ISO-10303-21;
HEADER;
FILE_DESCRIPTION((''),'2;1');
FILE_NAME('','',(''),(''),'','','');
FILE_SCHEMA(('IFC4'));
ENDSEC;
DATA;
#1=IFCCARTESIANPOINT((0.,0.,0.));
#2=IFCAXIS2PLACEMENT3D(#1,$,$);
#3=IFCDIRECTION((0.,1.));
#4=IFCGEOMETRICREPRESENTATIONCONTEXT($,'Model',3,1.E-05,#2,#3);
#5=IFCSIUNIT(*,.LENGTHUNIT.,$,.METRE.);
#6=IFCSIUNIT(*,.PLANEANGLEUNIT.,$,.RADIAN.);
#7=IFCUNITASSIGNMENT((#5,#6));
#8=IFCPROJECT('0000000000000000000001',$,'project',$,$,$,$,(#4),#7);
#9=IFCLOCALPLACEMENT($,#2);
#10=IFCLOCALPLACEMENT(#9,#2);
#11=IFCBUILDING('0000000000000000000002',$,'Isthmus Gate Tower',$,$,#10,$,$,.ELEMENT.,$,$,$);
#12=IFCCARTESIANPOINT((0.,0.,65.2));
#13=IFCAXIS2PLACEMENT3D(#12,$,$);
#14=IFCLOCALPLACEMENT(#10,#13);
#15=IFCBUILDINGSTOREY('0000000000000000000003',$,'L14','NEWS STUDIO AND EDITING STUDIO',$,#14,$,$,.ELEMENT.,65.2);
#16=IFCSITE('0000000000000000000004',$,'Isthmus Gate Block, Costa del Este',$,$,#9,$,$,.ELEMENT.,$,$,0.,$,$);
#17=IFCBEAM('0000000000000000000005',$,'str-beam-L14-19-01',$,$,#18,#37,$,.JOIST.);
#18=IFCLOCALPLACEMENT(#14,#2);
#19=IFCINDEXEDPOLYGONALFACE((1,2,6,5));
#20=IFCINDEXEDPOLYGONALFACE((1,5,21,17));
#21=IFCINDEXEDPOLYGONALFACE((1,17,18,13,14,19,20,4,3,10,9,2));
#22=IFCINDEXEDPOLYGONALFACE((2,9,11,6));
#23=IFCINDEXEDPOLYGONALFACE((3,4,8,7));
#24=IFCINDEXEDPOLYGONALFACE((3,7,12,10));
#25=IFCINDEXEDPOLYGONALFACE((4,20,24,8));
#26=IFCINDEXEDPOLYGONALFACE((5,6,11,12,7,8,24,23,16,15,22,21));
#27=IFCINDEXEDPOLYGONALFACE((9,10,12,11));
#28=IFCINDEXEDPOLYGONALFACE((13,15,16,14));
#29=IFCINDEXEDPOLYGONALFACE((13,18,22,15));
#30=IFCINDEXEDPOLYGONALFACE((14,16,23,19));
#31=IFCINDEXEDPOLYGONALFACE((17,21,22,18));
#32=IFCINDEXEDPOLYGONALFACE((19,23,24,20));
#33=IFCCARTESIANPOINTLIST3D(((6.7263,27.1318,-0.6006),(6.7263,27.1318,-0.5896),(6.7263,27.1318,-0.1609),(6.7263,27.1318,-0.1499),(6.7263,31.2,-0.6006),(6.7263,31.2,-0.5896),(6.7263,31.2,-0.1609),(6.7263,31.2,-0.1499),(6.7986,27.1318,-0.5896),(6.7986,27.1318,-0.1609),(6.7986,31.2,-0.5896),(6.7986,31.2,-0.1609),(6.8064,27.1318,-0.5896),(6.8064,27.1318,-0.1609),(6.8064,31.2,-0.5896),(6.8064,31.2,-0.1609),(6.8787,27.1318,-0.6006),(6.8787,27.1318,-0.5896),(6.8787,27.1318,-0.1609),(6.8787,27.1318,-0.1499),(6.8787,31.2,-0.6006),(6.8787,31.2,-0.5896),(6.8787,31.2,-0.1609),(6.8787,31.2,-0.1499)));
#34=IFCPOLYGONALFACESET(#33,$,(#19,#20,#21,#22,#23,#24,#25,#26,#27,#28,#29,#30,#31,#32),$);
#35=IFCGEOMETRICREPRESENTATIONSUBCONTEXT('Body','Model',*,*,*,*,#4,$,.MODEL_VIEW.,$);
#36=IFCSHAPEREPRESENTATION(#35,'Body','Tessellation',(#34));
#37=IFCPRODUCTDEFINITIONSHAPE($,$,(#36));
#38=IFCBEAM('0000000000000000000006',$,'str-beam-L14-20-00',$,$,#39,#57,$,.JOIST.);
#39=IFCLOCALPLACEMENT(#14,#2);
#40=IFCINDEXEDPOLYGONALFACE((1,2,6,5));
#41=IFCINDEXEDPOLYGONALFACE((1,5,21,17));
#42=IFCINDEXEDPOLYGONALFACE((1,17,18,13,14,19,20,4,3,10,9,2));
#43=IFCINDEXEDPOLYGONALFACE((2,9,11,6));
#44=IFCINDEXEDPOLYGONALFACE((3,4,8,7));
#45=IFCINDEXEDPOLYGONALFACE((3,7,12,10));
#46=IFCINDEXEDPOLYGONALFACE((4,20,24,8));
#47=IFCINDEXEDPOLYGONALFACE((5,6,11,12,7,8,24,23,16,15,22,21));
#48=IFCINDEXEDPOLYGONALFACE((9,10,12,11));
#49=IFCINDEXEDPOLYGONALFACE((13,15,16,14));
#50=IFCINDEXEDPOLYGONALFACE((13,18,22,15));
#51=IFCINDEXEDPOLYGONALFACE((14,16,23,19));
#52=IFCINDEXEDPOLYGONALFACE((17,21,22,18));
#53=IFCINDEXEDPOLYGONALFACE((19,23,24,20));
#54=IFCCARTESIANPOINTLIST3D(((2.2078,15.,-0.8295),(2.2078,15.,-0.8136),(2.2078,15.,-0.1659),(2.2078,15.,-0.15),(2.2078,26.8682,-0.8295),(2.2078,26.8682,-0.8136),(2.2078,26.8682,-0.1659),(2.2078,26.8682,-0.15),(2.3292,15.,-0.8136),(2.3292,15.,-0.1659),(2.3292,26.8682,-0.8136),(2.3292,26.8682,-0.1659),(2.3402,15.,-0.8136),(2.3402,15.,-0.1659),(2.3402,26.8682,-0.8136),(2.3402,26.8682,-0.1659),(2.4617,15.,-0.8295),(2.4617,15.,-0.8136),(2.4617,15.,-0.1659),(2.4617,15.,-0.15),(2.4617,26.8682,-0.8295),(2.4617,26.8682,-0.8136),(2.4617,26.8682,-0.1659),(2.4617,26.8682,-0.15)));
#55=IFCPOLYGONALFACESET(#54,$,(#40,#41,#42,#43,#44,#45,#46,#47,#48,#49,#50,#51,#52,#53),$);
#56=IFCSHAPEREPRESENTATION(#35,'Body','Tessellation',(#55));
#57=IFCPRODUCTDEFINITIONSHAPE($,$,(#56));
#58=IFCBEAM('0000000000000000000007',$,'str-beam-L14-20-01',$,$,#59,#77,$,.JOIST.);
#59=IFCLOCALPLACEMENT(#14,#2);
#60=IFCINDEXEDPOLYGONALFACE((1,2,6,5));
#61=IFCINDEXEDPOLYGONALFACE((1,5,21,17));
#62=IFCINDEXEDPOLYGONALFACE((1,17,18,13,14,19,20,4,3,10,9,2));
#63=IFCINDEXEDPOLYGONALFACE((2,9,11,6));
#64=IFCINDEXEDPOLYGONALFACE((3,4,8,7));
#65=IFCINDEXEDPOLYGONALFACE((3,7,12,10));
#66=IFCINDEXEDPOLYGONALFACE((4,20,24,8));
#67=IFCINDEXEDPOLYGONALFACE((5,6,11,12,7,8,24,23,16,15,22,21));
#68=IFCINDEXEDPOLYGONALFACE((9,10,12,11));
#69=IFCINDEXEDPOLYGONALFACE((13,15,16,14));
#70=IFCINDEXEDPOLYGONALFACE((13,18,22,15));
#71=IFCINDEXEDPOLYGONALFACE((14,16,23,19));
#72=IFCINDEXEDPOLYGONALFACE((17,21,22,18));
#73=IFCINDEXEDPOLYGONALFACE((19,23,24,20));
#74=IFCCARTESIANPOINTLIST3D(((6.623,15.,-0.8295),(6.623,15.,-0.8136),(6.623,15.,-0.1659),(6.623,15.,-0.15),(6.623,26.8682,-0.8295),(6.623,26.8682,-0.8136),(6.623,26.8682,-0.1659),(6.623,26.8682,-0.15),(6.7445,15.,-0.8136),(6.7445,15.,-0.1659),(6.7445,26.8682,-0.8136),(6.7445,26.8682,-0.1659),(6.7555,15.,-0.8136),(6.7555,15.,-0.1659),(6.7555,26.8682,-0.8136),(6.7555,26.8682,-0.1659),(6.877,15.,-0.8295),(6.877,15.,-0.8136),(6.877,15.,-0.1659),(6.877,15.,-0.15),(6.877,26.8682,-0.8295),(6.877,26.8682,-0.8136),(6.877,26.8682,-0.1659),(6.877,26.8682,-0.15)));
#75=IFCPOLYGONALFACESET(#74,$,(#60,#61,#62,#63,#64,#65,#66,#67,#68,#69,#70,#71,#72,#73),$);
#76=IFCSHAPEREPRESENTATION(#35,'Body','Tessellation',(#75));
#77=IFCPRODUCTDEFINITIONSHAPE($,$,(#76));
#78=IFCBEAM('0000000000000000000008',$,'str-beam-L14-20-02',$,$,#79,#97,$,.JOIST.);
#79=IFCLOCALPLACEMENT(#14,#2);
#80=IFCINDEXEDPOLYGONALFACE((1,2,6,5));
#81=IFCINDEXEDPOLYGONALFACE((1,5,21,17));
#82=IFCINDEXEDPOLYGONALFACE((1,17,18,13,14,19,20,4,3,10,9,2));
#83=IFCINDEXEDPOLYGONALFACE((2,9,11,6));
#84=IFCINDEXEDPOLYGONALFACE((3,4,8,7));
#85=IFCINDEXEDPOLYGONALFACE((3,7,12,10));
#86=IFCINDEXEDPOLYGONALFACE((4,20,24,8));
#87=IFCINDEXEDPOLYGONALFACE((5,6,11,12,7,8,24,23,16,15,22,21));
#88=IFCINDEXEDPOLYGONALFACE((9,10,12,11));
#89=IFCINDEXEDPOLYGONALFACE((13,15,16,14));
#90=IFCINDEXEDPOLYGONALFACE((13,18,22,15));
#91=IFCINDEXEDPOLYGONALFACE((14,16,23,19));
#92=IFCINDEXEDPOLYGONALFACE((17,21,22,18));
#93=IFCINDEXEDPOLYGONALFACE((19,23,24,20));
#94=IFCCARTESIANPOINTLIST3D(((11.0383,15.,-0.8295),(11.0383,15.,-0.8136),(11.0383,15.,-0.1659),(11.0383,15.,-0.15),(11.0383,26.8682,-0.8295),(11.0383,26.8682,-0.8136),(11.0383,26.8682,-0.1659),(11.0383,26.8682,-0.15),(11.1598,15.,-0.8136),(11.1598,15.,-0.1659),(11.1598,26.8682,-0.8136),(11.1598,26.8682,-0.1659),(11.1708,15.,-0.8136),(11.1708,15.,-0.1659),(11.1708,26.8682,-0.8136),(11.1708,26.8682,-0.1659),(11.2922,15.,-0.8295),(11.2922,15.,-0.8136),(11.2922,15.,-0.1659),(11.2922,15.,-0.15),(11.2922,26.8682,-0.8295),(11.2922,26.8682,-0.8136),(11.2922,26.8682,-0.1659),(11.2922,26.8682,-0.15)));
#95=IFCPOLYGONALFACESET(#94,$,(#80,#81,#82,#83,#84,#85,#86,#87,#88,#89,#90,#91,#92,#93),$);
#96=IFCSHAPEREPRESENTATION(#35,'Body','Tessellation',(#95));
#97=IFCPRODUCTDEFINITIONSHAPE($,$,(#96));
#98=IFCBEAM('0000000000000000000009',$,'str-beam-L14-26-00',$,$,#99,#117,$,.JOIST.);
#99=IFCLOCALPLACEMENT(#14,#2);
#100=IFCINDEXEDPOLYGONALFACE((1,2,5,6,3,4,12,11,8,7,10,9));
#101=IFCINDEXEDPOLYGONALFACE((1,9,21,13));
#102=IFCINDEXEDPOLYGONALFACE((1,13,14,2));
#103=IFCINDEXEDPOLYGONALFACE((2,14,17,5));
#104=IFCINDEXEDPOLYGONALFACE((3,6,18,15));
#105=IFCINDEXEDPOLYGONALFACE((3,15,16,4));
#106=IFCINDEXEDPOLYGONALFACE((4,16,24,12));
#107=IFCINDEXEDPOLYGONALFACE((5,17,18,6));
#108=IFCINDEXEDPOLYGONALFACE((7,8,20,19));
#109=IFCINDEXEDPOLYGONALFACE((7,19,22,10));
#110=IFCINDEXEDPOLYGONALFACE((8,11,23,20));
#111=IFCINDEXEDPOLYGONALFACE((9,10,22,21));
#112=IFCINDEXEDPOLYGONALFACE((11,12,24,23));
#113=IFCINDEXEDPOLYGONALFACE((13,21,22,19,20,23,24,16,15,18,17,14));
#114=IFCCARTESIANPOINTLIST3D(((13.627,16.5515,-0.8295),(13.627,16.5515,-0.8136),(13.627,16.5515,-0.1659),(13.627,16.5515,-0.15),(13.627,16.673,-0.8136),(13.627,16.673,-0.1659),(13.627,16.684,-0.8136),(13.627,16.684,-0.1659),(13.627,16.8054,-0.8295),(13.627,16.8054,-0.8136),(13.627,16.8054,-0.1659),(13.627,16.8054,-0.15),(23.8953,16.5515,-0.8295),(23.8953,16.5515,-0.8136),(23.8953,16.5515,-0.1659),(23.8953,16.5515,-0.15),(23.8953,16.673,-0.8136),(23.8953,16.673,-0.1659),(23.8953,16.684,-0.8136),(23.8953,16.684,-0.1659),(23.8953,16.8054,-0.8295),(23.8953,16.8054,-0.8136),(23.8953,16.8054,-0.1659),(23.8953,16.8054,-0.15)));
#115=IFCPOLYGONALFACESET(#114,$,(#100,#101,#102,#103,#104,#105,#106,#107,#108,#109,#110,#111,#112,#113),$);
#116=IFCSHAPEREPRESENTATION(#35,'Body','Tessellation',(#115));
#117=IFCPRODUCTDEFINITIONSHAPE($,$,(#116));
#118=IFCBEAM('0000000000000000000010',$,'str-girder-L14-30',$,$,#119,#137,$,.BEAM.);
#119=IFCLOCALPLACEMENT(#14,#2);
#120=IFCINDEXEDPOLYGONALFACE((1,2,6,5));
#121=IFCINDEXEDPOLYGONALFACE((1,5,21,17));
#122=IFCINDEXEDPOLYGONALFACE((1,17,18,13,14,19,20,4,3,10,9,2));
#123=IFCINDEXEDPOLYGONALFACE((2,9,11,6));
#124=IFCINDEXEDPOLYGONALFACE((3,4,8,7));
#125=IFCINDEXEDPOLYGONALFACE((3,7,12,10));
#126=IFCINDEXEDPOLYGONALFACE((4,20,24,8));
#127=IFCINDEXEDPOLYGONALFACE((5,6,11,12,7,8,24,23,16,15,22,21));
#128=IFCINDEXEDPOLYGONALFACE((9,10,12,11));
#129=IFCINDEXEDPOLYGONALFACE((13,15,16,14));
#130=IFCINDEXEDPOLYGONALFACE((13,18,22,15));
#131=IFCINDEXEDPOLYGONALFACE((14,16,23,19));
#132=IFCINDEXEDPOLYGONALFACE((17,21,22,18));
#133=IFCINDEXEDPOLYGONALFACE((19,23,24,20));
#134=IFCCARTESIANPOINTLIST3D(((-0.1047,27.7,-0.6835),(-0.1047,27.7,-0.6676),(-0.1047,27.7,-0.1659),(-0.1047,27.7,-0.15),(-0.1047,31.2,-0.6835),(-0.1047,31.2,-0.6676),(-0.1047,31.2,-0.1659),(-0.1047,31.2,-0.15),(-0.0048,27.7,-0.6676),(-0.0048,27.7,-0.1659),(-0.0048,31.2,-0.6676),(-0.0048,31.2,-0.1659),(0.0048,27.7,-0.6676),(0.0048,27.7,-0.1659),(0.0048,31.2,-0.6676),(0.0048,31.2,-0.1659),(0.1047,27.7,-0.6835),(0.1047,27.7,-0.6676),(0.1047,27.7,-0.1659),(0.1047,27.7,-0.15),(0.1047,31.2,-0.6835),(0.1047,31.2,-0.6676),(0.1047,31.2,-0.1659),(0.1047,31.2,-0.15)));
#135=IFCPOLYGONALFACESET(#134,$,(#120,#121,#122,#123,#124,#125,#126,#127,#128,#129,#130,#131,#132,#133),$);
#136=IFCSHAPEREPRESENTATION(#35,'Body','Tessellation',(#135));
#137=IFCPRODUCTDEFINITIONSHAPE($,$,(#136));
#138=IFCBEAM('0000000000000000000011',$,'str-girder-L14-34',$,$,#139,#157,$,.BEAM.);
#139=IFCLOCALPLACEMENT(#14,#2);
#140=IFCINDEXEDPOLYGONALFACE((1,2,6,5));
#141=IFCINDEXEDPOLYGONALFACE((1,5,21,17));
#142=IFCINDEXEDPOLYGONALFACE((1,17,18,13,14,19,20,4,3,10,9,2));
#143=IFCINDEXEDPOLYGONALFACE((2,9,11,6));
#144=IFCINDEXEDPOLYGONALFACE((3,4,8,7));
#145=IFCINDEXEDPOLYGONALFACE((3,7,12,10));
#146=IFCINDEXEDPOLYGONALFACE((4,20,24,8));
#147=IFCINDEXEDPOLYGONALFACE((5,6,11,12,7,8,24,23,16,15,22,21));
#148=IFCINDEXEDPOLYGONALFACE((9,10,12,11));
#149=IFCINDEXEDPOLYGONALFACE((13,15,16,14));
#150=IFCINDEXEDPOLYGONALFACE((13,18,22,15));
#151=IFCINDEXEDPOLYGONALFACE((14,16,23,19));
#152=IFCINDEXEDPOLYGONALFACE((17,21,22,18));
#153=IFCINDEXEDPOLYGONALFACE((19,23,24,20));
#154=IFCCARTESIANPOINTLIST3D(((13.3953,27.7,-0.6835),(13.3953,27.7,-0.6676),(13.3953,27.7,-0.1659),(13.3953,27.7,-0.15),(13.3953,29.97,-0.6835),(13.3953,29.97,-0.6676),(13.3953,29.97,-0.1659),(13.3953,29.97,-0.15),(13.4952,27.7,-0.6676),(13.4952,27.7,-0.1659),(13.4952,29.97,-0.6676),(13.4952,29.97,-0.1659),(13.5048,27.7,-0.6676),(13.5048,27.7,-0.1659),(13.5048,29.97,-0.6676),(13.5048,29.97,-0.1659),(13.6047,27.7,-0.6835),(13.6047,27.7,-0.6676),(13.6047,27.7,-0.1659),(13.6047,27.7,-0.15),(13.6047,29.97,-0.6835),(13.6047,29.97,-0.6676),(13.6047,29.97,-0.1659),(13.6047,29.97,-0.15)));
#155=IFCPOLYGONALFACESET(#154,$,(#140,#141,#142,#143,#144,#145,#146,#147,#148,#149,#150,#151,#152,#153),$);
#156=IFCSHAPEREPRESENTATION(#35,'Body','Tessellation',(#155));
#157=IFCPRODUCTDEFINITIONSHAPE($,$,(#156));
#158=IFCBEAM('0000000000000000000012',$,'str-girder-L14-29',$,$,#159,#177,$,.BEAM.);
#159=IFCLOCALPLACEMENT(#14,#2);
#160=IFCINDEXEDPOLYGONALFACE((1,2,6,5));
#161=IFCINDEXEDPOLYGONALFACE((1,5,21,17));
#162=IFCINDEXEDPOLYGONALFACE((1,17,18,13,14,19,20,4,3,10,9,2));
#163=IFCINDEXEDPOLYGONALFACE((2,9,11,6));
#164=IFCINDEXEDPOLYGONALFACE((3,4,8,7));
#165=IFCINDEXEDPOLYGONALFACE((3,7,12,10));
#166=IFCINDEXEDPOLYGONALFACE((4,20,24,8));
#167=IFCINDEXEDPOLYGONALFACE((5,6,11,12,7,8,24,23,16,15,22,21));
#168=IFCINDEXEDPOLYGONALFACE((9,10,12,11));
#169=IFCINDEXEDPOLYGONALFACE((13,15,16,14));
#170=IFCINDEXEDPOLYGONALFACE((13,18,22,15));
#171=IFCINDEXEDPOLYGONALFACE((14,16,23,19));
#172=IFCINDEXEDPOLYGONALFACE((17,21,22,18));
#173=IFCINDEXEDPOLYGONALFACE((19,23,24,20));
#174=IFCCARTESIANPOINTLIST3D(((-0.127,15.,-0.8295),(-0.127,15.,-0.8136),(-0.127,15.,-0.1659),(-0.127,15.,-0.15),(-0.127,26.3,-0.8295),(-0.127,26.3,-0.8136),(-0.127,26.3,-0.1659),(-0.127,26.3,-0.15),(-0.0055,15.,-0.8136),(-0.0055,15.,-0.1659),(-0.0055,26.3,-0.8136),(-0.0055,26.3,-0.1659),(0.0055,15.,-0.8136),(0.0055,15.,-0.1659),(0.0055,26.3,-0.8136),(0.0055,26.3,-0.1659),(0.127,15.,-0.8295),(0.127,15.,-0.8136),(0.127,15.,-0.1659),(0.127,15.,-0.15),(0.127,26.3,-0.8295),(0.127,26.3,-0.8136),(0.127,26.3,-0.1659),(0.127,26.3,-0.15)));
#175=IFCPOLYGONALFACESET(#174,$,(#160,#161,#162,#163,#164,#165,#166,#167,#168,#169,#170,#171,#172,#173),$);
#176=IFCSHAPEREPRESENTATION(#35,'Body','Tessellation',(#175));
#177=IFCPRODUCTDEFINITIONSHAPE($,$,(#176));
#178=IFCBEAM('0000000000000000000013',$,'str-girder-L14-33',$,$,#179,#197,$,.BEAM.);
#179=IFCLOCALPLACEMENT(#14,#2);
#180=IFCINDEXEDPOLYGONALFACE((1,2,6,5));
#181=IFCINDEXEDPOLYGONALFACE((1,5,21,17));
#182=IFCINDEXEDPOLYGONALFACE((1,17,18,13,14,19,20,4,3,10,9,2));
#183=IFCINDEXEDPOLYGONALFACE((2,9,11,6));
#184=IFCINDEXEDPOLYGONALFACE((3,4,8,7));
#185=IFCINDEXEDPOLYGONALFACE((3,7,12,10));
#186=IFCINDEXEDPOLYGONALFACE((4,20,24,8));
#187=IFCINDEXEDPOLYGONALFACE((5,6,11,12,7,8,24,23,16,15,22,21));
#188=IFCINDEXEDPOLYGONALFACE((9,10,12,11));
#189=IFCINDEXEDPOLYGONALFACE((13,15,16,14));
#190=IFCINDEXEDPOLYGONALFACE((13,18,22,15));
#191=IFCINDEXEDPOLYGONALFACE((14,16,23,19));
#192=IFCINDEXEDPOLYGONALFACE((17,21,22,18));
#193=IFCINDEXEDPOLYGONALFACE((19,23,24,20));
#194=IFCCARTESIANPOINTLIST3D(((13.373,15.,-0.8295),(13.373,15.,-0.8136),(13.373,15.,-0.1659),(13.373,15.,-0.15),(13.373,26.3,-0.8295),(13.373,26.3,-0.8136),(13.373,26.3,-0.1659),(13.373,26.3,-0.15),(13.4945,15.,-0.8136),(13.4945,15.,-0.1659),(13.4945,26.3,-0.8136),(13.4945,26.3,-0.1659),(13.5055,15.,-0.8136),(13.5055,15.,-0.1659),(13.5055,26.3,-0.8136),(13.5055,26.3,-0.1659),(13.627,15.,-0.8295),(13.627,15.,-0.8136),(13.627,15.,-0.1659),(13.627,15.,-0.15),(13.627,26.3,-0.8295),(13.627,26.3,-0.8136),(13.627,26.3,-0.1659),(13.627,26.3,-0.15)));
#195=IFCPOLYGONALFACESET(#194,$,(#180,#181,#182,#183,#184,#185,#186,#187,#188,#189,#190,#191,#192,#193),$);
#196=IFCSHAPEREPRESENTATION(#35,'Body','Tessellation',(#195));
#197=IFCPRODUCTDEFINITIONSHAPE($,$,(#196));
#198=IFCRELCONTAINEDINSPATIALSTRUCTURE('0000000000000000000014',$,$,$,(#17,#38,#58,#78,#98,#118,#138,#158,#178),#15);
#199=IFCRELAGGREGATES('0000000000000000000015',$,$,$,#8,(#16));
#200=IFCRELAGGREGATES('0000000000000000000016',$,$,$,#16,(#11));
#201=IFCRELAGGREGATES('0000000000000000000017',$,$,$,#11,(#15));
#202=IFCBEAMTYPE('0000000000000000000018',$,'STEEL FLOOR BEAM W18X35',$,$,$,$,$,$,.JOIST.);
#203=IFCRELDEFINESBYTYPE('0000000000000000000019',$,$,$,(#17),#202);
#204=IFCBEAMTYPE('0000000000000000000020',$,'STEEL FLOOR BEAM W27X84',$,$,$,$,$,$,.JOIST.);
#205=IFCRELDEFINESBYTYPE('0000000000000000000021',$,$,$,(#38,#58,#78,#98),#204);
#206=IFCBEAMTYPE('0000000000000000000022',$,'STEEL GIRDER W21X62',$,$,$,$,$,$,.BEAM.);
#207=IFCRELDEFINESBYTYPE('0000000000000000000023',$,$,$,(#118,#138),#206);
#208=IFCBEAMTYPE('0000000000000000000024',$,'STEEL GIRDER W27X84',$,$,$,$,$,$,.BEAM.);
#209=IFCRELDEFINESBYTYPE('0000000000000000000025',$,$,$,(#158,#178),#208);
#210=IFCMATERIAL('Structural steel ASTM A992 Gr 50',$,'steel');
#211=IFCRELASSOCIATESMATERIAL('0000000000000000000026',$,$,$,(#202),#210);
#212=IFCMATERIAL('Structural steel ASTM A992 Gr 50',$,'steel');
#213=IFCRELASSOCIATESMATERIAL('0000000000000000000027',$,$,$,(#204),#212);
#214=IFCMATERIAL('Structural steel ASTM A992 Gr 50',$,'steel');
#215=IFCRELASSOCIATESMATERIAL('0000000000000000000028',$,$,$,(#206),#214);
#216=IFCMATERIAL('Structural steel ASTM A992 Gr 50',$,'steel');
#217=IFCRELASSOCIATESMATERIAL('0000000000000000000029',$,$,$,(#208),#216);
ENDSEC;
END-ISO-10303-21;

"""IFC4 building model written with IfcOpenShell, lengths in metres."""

from ifc_helpers import new_model, si_unit, direction, frame, origin, origin_2d, place, context, subcontext, project, spatial, i_section, extrude, material, material_profile, profile_set, type_object, element, save


model = new_model("IFC4")

# Units and contexts
model_context = context("Model", 3, precision=1e-05, world=origin(), true_north=direction((0.0, 1.0)))
body_context = subcontext(model_context, "Body", "Model", "MODEL_VIEW")
ifc_project = project(units=[si_unit("LENGTHUNIT", "METRE"), si_unit("PLANEANGLEUNIT", "RADIAN")], contexts=[model_context])

# Site, building, storey
site_placement = place(None, origin())
site = spatial("IfcSite", under=ifc_project, at=site_placement, Name="Isthmus Gate Block, Costa del Este", CompositionType="ELEMENT", RefElevation=0.0)
building_placement = place(site_placement, origin())
building = spatial("IfcBuilding", under=site, at=building_placement, Name="Isthmus Gate Tower", CompositionType="ELEMENT")
storey_placement = place(building_placement, frame((0.0, 0.0, 65.2)))
storey = spatial("IfcBuildingStorey", under=building, at=storey_placement, Name="L14", Description="NEWS STUDIO AND EDITING STUDIO", CompositionType="ELEMENT", Elevation=65.2)

# Beams
ifc_material_1 = material(Name="Structural steel ASTM A992 Gr 50", Category="steel")
ifc_material_profile_1 = material_profile(ifc_material_1, i_section(OverallWidth=0.1523, OverallDepth=0.4507, WebThickness=0.0078, FlangeThickness=0.011, at=origin_2d()), Name="W18X35")
ifc_profile_set_1 = profile_set([ifc_material_profile_1], Name="Structural steel ASTM A992 Gr 50")
beam_type_1 = type_object("IfcBeamType", Name="STEEL FLOOR BEAM W18X35", PredefinedType="JOIST", material=ifc_profile_set_1)
beam_1_placement = place(storey_placement, frame((6.8025, 27.1318, -0.3752), z_axis=(0.0, 1.0, 0.0), x_axis=(-1.0, 0.0, 0.0)))
element("IfcBeam", 1, at=beam_1_placement, inside=storey, type_object=beam_type_1, Name="str-beam-L14-19-01", PredefinedType="JOIST", context=body_context, shape_type="SweptSolid", body=[
    extrude(i_section(OverallWidth=0.1523, OverallDepth=0.4507, WebThickness=0.0078, FlangeThickness=0.011, at=origin_2d()), origin(), (0.0, 0.0, 1.0), 4.0681),
])
ifc_material_2 = material(Name="Structural steel ASTM A992 Gr 50", Category="steel")
ifc_material_profile_2 = material_profile(ifc_material_2, i_section(OverallWidth=0.2539, OverallDepth=0.6794, WebThickness=0.011, FlangeThickness=0.0159, at=origin_2d()), Name="W27X84")
ifc_profile_set_2 = profile_set([ifc_material_profile_2], Name="Structural steel ASTM A992 Gr 50")
beam_type_2 = type_object("IfcBeamType", Name="STEEL FLOOR BEAM W27X84", PredefinedType="JOIST", material=ifc_profile_set_2)
for number, where, z_axis, x_axis, name in (
    (2, (2.3347, 15.0, -0.4897), (0.0, 1.0, 0.0), (-1.0, 0.0, 0.0), "str-beam-L14-20-00"),
    (3, (6.75, 15.0, -0.4897), (0.0, 1.0, 0.0), (-1.0, 0.0, 0.0), "str-beam-L14-20-01"),
    (4, (11.1653, 15.0, -0.4897), (0.0, 1.0, 0.0), (-1.0, 0.0, 0.0), "str-beam-L14-20-02"),
):
    element("IfcBeam", number, at=place(storey_placement, frame(where, z_axis=z_axis, x_axis=x_axis)), inside=storey, type_object=beam_type_2, Name=name, PredefinedType="JOIST", context=body_context, shape_type="SweptSolid", body=[
        extrude(i_section(OverallWidth=0.2539, OverallDepth=0.6794, WebThickness=0.011, FlangeThickness=0.0159, at=origin_2d()), origin(), (0.0, 0.0, 1.0), 11.8682),
    ])
beam_2_placement = place(storey_placement, frame((13.627, 16.6785, -0.4897), z_axis=(1.0, 0.0, 0.0), x_axis=(0.0, 1.0, 0.0)))
element("IfcBeam", 5, at=beam_2_placement, inside=storey, type_object=beam_type_2, Name="str-beam-L14-26-00", PredefinedType="JOIST", context=body_context, shape_type="SweptSolid", body=[
    extrude(i_section(OverallWidth=0.2539, OverallDepth=0.6794, WebThickness=0.011, FlangeThickness=0.0159, at=origin_2d()), origin(), (0.0, 0.0, 1.0), 10.2683),
])
ifc_material_3 = material(Name="Structural steel ASTM A992 Gr 50", Category="steel")
ifc_material_profile_3 = material_profile(ifc_material_3, i_section(OverallWidth=0.2095, OverallDepth=0.5334, WebThickness=0.0095, FlangeThickness=0.0159, at=origin_2d()), Name="W21X62")
ifc_profile_set_3 = profile_set([ifc_material_profile_3], Name="Structural steel ASTM A992 Gr 50")
beam_type_3 = type_object("IfcBeamType", Name="STEEL GIRDER W21X62", PredefinedType="BEAM", material=ifc_profile_set_3)
beam_3_placement = place(storey_placement, frame((0.0, 27.7, -0.4167), z_axis=(0.0, 1.0, 0.0), x_axis=(-1.0, 0.0, 0.0)))
element("IfcBeam", 6, at=beam_3_placement, inside=storey, type_object=beam_type_3, Name="str-girder-L14-30", PredefinedType="BEAM", context=body_context, shape_type="SweptSolid", body=[
    extrude(i_section(OverallWidth=0.2095, OverallDepth=0.5334, WebThickness=0.0095, FlangeThickness=0.0159, at=origin_2d()), origin(), (0.0, 0.0, 1.0), 3.5),
])
beam_4_placement = place(storey_placement, frame((13.5, 27.7, -0.4167), z_axis=(0.0, 1.0, 0.0), x_axis=(-1.0, 0.0, 0.0)))
element("IfcBeam", 7, at=beam_4_placement, inside=storey, type_object=beam_type_3, Name="str-girder-L14-34", PredefinedType="BEAM", context=body_context, shape_type="SweptSolid", body=[
    extrude(i_section(OverallWidth=0.2095, OverallDepth=0.5334, WebThickness=0.0095, FlangeThickness=0.0159, at=origin_2d()), origin(), (0.0, 0.0, 1.0), 2.27),
])
ifc_material_4 = material(Name="Structural steel ASTM A992 Gr 50", Category="steel")
ifc_material_profile_4 = material_profile(ifc_material_4, i_section(OverallWidth=0.2539, OverallDepth=0.6794, WebThickness=0.011, FlangeThickness=0.0159, at=origin_2d()), Name="W27X84")
ifc_profile_set_4 = profile_set([ifc_material_profile_4], Name="Structural steel ASTM A992 Gr 50")
beam_type_4 = type_object("IfcBeamType", Name="STEEL GIRDER W27X84", PredefinedType="BEAM", material=ifc_profile_set_4)
for number, where, z_axis, x_axis, name in (
    (8, (0.0, 15.0, -0.4897), (0.0, 1.0, 0.0), (-1.0, 0.0, 0.0), "str-girder-L14-29"),
    (9, (13.5, 15.0, -0.4897), (0.0, 1.0, 0.0), (-1.0, 0.0, 0.0), "str-girder-L14-33"),
):
    element("IfcBeam", number, at=place(storey_placement, frame(where, z_axis=z_axis, x_axis=x_axis)), inside=storey, type_object=beam_type_4, Name=name, PredefinedType="BEAM", context=body_context, shape_type="SweptSolid", body=[
        extrude(i_section(OverallWidth=0.2539, OverallDepth=0.6794, WebThickness=0.011, FlangeThickness=0.0159, at=origin_2d()), origin(), (0.0, 0.0, 1.0), 11.3),
    ])

save(model, "model.ifc")
